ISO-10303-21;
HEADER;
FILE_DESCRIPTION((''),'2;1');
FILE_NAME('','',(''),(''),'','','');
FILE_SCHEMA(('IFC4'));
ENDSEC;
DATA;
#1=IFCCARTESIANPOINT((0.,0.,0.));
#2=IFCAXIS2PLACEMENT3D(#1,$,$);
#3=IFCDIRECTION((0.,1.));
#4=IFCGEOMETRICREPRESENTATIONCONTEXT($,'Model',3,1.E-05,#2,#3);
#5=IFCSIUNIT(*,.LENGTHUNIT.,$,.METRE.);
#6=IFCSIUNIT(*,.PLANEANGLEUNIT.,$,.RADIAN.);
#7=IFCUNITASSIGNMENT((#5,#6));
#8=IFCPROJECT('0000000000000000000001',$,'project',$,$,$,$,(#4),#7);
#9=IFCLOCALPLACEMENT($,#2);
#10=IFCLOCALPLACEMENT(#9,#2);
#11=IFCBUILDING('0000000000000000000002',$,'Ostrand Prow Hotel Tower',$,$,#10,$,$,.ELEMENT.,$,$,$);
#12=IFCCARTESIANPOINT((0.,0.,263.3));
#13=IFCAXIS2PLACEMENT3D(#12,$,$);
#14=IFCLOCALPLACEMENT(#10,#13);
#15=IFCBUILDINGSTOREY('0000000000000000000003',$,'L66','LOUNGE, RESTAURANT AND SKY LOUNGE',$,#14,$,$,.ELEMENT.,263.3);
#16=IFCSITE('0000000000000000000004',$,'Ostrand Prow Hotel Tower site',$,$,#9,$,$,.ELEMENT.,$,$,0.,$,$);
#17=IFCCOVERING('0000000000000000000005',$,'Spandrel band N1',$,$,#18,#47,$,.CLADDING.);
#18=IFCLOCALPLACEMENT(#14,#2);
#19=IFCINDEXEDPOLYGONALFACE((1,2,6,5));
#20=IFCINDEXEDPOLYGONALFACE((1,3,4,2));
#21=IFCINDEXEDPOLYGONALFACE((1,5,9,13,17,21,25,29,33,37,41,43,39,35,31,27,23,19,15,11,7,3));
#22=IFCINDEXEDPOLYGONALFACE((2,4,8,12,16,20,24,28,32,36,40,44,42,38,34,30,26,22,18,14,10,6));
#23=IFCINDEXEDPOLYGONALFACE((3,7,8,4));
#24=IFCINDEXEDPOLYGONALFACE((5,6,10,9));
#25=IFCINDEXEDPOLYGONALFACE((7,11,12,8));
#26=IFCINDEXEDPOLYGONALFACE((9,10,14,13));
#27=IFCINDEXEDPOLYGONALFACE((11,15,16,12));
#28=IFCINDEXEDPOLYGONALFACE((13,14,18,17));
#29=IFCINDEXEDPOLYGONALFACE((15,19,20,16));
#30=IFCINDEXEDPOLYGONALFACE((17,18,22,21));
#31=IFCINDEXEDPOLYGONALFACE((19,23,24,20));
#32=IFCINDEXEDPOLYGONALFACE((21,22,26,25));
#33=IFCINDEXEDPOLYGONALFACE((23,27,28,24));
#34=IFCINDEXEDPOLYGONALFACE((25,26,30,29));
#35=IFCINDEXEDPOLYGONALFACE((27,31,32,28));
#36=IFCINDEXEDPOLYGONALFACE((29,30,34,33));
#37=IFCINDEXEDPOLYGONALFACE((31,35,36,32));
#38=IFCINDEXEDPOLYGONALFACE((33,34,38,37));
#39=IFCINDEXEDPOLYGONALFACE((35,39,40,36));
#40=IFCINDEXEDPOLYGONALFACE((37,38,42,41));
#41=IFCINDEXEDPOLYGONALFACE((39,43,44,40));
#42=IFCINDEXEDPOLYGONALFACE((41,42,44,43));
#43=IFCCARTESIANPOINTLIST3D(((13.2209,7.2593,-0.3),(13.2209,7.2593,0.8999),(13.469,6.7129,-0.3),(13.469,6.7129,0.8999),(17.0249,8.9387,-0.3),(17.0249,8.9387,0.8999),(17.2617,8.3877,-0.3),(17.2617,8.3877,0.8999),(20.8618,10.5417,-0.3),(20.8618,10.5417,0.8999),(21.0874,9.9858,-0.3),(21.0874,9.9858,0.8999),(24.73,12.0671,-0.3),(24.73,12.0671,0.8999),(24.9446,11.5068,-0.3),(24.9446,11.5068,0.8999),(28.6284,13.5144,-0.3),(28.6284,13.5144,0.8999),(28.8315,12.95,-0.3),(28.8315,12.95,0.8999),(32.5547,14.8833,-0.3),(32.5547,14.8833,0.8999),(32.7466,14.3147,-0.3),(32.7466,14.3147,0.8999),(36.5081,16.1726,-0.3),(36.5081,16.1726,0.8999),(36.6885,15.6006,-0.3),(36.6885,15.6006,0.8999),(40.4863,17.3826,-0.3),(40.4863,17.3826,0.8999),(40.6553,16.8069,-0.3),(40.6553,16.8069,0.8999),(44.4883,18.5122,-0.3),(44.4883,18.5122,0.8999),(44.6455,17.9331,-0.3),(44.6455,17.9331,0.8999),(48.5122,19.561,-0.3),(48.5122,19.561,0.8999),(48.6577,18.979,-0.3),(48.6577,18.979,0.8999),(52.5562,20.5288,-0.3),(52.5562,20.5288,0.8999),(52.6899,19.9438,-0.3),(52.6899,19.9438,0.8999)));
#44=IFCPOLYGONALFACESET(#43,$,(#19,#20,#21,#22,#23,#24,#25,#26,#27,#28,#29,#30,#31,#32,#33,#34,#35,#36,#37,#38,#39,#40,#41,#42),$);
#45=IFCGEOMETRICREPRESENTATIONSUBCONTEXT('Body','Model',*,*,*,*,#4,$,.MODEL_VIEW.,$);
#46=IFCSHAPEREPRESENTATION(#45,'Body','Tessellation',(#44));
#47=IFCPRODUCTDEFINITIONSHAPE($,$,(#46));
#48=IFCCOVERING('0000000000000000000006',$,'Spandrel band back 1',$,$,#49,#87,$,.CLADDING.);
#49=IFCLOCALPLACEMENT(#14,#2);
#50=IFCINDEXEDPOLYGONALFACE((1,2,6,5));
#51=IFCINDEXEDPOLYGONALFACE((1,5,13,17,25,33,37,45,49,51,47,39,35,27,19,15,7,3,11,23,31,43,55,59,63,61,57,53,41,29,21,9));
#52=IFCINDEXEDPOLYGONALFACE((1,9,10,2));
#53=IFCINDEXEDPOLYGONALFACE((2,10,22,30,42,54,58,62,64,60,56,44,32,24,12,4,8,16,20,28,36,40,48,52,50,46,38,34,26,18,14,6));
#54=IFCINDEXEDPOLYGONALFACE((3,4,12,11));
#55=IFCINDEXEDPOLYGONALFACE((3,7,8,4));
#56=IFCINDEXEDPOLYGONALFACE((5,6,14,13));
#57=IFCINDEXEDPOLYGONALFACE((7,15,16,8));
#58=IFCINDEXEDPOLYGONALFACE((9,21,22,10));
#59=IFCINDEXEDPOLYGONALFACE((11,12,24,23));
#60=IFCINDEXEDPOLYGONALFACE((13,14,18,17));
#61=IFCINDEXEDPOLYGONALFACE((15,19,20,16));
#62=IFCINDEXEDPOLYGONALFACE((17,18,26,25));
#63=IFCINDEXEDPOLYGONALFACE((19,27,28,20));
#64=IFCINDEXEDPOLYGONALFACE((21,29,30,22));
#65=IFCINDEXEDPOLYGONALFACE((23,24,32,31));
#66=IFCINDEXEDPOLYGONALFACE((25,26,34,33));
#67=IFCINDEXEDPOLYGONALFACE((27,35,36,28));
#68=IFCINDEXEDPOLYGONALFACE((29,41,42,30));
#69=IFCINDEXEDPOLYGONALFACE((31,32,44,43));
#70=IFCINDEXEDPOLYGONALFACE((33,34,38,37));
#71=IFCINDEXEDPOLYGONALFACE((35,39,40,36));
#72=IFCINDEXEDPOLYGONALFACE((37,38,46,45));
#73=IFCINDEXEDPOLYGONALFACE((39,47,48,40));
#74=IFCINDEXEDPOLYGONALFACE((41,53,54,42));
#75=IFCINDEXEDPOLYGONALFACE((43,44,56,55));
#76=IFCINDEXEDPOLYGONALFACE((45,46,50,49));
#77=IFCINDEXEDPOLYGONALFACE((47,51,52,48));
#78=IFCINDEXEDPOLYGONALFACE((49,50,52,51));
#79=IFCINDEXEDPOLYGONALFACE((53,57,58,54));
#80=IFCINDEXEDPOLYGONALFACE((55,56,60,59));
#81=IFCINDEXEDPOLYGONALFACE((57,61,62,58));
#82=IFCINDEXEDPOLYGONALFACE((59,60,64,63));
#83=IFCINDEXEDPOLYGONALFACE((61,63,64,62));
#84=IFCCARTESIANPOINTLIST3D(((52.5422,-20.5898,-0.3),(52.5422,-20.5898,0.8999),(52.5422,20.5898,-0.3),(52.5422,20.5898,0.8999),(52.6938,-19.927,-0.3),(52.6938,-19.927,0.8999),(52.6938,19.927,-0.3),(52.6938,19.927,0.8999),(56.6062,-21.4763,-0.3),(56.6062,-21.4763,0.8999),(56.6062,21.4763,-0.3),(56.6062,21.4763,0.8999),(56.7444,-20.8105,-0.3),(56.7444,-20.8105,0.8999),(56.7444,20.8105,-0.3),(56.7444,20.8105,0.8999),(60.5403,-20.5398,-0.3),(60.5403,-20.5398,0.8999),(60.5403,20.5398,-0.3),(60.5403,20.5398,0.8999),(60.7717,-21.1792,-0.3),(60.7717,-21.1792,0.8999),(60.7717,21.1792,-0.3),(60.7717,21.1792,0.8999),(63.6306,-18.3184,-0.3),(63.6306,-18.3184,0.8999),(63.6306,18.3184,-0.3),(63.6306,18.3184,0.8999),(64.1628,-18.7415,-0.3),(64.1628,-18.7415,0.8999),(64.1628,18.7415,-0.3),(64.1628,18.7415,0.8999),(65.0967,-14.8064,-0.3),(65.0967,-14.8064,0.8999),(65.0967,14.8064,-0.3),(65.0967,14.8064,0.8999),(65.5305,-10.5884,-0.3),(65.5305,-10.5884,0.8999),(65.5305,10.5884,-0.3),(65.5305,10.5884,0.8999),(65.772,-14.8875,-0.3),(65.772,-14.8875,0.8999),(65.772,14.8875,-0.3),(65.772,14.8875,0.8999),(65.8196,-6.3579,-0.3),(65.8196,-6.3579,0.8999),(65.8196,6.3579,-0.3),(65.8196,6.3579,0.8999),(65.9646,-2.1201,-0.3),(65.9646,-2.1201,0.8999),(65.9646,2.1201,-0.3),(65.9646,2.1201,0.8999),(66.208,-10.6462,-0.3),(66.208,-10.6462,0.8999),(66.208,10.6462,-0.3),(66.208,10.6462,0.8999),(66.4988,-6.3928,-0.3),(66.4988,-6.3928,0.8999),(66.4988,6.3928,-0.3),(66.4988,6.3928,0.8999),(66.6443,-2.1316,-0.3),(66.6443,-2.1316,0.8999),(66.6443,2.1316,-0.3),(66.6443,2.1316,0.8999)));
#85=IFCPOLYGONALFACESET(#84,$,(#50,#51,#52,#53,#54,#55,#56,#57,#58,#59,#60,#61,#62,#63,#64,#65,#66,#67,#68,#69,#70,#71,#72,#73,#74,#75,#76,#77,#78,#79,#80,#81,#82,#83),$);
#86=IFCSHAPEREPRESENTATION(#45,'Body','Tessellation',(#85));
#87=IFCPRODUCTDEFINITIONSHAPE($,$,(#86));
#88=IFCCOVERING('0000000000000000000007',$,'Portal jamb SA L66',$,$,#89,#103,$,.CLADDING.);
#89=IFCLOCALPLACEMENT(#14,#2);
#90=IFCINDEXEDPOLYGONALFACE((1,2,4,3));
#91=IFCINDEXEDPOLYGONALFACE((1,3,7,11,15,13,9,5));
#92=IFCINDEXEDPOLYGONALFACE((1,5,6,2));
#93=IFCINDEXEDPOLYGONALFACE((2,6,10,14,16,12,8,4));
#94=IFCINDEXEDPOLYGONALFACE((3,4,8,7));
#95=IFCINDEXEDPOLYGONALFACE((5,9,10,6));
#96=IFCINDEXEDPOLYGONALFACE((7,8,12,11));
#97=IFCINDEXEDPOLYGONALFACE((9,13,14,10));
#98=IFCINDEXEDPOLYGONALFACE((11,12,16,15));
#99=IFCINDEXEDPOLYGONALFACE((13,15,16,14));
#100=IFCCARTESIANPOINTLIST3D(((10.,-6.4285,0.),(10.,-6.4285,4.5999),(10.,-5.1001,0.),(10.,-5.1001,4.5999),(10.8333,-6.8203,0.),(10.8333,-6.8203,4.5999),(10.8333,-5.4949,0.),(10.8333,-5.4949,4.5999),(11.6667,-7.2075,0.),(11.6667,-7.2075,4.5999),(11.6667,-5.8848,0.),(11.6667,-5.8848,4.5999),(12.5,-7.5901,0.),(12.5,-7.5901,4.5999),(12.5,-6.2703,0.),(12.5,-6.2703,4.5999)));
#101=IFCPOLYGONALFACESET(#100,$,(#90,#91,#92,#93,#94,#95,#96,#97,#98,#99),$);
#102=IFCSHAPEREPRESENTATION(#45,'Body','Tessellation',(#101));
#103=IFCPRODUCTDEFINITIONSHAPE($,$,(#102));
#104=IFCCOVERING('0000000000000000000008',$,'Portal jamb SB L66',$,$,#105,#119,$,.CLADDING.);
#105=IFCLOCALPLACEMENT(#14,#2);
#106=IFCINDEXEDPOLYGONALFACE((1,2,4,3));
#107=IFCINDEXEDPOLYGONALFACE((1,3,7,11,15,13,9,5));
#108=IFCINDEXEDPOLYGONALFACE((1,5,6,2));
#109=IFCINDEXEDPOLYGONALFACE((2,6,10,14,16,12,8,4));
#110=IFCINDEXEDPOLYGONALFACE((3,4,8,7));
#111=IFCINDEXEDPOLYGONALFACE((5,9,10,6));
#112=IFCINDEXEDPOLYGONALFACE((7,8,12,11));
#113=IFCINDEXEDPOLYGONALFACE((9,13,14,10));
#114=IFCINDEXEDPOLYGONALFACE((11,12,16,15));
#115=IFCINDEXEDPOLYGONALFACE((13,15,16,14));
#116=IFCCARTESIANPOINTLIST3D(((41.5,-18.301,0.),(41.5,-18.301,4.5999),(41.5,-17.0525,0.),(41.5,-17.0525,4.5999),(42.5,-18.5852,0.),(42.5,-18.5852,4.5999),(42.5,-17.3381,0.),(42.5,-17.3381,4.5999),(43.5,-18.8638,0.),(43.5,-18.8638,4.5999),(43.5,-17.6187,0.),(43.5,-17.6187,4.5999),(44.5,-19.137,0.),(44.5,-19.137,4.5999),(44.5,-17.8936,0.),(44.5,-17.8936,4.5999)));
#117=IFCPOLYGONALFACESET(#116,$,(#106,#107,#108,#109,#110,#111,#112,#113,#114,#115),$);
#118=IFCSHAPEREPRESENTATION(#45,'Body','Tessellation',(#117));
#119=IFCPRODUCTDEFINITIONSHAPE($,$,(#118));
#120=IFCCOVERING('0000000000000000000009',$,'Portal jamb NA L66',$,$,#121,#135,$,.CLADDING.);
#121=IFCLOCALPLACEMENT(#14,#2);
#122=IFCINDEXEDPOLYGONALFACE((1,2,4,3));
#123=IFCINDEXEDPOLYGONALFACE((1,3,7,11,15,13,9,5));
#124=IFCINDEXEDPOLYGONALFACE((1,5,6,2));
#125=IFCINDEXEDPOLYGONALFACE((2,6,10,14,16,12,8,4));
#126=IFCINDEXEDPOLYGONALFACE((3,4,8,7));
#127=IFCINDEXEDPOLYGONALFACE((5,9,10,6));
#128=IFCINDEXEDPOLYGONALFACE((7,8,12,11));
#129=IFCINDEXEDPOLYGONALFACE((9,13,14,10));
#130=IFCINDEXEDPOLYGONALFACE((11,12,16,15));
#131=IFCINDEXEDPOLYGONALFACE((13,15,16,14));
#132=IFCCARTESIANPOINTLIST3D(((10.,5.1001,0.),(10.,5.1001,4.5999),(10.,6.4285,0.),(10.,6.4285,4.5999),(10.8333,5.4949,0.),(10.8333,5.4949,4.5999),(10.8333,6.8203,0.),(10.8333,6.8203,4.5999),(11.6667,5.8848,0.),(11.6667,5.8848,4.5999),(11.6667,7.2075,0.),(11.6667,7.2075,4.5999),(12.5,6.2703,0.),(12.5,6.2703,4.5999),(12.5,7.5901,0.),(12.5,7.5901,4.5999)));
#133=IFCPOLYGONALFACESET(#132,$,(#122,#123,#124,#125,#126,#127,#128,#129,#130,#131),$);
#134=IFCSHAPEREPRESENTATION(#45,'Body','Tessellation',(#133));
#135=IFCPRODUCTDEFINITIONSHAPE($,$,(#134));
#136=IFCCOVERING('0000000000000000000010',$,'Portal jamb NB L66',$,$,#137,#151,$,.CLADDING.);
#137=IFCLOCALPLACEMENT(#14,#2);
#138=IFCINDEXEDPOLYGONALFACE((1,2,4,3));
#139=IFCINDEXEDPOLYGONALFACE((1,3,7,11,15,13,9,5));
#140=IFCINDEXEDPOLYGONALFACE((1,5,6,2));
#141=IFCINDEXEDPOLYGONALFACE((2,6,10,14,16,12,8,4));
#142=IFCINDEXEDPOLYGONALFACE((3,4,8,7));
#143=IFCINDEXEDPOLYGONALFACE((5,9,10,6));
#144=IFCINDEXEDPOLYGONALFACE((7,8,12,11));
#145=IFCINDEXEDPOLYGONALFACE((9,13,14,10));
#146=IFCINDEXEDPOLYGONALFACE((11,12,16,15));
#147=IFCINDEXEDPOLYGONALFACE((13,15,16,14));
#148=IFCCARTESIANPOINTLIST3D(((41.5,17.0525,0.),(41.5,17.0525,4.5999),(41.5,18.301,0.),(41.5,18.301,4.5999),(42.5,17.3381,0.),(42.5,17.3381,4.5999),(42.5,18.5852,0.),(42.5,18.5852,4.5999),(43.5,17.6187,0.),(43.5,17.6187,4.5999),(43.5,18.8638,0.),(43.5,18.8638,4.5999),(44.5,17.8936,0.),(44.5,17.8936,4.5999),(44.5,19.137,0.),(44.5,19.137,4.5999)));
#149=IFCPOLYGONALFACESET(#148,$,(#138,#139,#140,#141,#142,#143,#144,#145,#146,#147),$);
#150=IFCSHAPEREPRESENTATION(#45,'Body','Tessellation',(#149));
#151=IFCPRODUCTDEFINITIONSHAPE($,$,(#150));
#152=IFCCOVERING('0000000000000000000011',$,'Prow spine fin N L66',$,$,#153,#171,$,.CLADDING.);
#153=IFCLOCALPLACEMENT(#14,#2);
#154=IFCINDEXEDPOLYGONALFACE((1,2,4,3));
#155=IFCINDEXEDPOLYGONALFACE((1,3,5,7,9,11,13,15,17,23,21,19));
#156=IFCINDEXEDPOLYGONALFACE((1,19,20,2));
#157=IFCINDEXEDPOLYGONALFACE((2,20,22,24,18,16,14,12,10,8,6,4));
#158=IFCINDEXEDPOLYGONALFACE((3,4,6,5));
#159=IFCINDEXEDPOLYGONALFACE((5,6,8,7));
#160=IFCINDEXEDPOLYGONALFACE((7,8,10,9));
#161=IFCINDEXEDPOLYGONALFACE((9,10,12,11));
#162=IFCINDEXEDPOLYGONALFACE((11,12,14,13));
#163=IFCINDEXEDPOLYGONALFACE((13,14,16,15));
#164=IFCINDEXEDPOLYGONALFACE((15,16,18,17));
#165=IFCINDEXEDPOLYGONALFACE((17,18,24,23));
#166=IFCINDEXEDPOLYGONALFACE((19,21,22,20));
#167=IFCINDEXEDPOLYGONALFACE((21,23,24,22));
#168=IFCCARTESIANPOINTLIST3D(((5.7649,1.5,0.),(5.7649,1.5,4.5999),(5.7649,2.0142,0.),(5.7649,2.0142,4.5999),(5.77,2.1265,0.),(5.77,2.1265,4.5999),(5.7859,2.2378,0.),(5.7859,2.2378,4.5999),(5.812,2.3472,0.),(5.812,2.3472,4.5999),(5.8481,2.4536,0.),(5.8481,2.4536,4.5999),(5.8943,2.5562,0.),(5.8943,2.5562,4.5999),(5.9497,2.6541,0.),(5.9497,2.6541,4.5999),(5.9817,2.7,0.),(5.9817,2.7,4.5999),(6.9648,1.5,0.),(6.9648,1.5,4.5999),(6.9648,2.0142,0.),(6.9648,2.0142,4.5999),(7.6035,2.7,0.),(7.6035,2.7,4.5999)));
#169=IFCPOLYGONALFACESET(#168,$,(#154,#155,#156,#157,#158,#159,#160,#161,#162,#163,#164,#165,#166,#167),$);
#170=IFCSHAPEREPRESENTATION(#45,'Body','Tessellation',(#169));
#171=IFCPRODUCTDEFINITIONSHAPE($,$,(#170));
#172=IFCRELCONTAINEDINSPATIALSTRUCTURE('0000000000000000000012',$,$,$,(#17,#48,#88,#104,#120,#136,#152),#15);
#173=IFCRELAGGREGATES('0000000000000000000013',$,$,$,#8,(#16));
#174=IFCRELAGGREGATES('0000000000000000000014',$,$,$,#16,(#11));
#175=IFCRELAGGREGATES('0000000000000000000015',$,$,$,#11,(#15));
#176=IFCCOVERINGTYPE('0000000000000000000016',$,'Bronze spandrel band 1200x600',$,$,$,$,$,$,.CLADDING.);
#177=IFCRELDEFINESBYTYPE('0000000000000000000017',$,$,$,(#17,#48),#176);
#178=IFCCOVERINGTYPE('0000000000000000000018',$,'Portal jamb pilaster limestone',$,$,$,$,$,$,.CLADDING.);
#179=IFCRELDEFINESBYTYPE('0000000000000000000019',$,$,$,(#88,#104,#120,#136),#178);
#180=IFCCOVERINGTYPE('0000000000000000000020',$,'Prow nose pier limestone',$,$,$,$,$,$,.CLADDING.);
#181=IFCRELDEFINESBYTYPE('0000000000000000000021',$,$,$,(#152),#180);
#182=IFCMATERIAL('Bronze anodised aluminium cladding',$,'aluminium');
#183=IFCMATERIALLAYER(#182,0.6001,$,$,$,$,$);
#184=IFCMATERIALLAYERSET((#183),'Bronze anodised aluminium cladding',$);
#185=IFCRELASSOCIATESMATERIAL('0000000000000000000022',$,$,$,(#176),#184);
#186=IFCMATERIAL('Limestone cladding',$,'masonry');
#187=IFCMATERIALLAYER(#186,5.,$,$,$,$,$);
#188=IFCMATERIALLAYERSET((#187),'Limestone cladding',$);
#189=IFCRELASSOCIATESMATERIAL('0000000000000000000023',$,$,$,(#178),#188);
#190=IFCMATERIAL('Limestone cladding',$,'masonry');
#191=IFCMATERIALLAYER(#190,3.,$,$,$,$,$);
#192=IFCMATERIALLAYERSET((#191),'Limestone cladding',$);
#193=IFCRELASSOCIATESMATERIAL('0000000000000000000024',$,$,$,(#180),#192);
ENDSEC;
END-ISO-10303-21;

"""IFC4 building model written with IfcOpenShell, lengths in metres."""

from ifc_helpers import new_model, si_unit, direction, frame, origin, place, context, subcontext, project, spatial, polyline, outline, extrude, material, layer, layer_set, type_object, element, save


model = new_model("IFC4")

# Units and contexts
model_context = context("Model", 3, precision=1e-05, world=origin(), true_north=direction((0.0, 1.0)))
body_context = subcontext(model_context, "Body", "Model", "MODEL_VIEW")
ifc_project = project(units=[si_unit("LENGTHUNIT", "METRE"), si_unit("PLANEANGLEUNIT", "RADIAN")], contexts=[model_context])

# Site, building, storey
site_placement = place(None, origin())
site = spatial("IfcSite", under=ifc_project, at=site_placement, Name="Ostrand Prow Hotel Tower site", CompositionType="ELEMENT", RefElevation=0.0)
building_placement = place(site_placement, origin())
building = spatial("IfcBuilding", under=site, at=building_placement, Name="Ostrand Prow Hotel Tower", CompositionType="ELEMENT")
storey_placement = place(building_placement, frame((0.0, 0.0, 263.3)))
storey = spatial("IfcBuildingStorey", under=building, at=storey_placement, Name="L66", Description="LOUNGE, RESTAURANT AND SKY LOUNGE", CompositionType="ELEMENT", Elevation=263.3)

# Coverings
ifc_material_1 = material(Name="Bronze anodised aluminium cladding", Category="aluminium")
ifc_layer_1 = layer(ifc_material_1, 0.6001)
ifc_layer_set_1 = layer_set([ifc_layer_1], Name="Bronze anodised aluminium cladding")
covering_type_1 = type_object("IfcCoveringType", Name="Bronze spandrel band 1200x600", PredefinedType="CLADDING", material=ifc_layer_set_1)
covering_1_placement = place(storey_placement, frame((0.0, 0.0, -0.3)))
element("IfcCovering", 1, at=covering_1_placement, inside=storey, type_object=covering_type_1, Name="Spandrel band N1", PredefinedType="CLADDING", context=body_context, shape_type="SweptSolid", body=[
    extrude(outline(polyline([(52.5562, 20.5288), (48.5122, 19.561), (44.4883, 18.5122), (40.4863, 17.3826), (36.5081, 16.1726), (32.5547, 14.8833), (28.6284, 13.5144), (24.73, 12.0671), (20.8618, 10.5417), (17.0249, 8.9387), (13.2209, 7.2593), (13.469, 6.7129), (17.2617, 8.3877), (21.0874, 9.9858), (24.9446, 11.5068), (28.8315, 12.95), (32.7466, 14.3147), (36.6885, 15.6006), (40.6553, 16.8069), (44.6455, 17.9331), (48.6577, 18.979), (52.6899, 19.9438), (52.5562, 20.5288)])), origin(), (0.0, 0.0, 1.0), 1.2),
])
covering_2_placement = place(storey_placement, frame((0.0, 0.0, -0.3)))
element("IfcCovering", 2, at=covering_2_placement, inside=storey, type_object=covering_type_1, Name="Spandrel band back 1", PredefinedType="CLADDING", context=body_context, shape_type="SweptSolid", body=[
    extrude(outline(polyline([(52.5422, -20.5898), (56.6062, -21.4763), (60.7717, -21.1792), (64.1628, -18.7415), (65.772, -14.8875), (66.208, -10.6462), (66.4988, -6.3928), (66.6443, -2.1316), (66.6443, 2.1316), (66.4988, 6.3928), (66.208, 10.6462), (65.772, 14.8875), (64.1628, 18.7415), (60.7717, 21.1792), (56.6062, 21.4763), (52.5422, 20.5898), (52.6938, 19.927), (56.7444, 20.8105), (60.5403, 20.5398), (63.6306, 18.3184), (65.0967, 14.8064), (65.5305, 10.5884), (65.8196, 6.3579), (65.9646, 2.1201), (65.9646, -2.1201), (65.8196, -6.3579), (65.5305, -10.5884), (65.0967, -14.8064), (63.6306, -18.3184), (60.5403, -20.5398), (56.7444, -20.8105), (52.6938, -19.927), (52.5422, -20.5898)])), origin(), (0.0, 0.0, 1.0), 1.2),
])
ifc_material_2 = material(Name="Limestone cladding", Category="masonry")
ifc_layer_2 = layer(ifc_material_2, 5.0)
ifc_layer_set_2 = layer_set([ifc_layer_2], Name="Limestone cladding")
covering_type_2 = type_object("IfcCoveringType", Name="Portal jamb pilaster limestone", PredefinedType="CLADDING", material=ifc_layer_set_2)
covering_3_placement = place(storey_placement, origin())
element("IfcCovering", 3, at=covering_3_placement, inside=storey, type_object=covering_type_2, Name="Portal jamb SA L66", PredefinedType="CLADDING", context=body_context, shape_type="SweptSolid", body=[
    extrude(outline(polyline([(10.0, -5.1001), (10.0, -6.4285), (10.8333, -6.8203), (11.6667, -7.2075), (12.5, -7.5901), (12.5, -6.2703), (11.6667, -5.8848), (10.8333, -5.4949), (10.0, -5.1001)])), origin(), (0.0, 0.0, 1.0), 4.5999),
])
covering_4_placement = place(storey_placement, origin())
element("IfcCovering", 4, at=covering_4_placement, inside=storey, type_object=covering_type_2, Name="Portal jamb SB L66", PredefinedType="CLADDING", context=body_context, shape_type="SweptSolid", body=[
    extrude(outline(polyline([(41.5, -17.0525), (41.5, -18.301), (42.5, -18.5852), (43.5, -18.8638), (44.5, -19.137), (44.5, -17.8936), (43.5, -17.6187), (42.5, -17.3381), (41.5, -17.0525)])), origin(), (0.0, 0.0, 1.0), 4.5999),
])
covering_5_placement = place(storey_placement, origin())
element("IfcCovering", 5, at=covering_5_placement, inside=storey, type_object=covering_type_2, Name="Portal jamb NA L66", PredefinedType="CLADDING", context=body_context, shape_type="SweptSolid", body=[
    extrude(outline(polyline([(10.0, 5.1001), (10.8333, 5.4949), (11.6667, 5.8848), (12.5, 6.2703), (12.5, 7.5901), (11.6667, 7.2075), (10.8333, 6.8203), (10.0, 6.4285), (10.0, 5.1001)])), origin(), (0.0, 0.0, 1.0), 4.5999),
])
covering_6_placement = place(storey_placement, origin())
element("IfcCovering", 6, at=covering_6_placement, inside=storey, type_object=covering_type_2, Name="Portal jamb NB L66", PredefinedType="CLADDING", context=body_context, shape_type="SweptSolid", body=[
    extrude(outline(polyline([(41.5, 17.0525), (42.5, 17.3381), (43.5, 17.6187), (44.5, 17.8936), (44.5, 19.137), (43.5, 18.8638), (42.5, 18.5852), (41.5, 18.301), (41.5, 17.0525)])), origin(), (0.0, 0.0, 1.0), 4.5999),
])
ifc_material_3 = material(Name="Limestone cladding", Category="masonry")
ifc_layer_3 = layer(ifc_material_3, 3.0)
ifc_layer_set_3 = layer_set([ifc_layer_3], Name="Limestone cladding")
covering_type_3 = type_object("IfcCoveringType", Name="Prow nose pier limestone", PredefinedType="CLADDING", material=ifc_layer_set_3)
covering_7_placement = place(storey_placement, origin())
element("IfcCovering", 7, at=covering_7_placement, inside=storey, type_object=covering_type_3, Name="Prow spine fin N L66", PredefinedType="CLADDING", context=body_context, shape_type="SweptSolid", body=[
    extrude(outline(polyline([(5.7649, 2.0142), (5.7649, 1.5), (6.9648, 1.5), (6.9648, 2.0142), (7.6035, 2.7), (5.9817, 2.7), (5.9497, 2.6541), (5.8943, 2.5562), (5.8481, 2.4536), (5.812, 2.3472), (5.7859, 2.2378), (5.77, 2.1265), (5.7649, 2.0142)])), origin(), (0.0, 0.0, 1.0), 4.5999),
])

save(model, "model.ifc")
